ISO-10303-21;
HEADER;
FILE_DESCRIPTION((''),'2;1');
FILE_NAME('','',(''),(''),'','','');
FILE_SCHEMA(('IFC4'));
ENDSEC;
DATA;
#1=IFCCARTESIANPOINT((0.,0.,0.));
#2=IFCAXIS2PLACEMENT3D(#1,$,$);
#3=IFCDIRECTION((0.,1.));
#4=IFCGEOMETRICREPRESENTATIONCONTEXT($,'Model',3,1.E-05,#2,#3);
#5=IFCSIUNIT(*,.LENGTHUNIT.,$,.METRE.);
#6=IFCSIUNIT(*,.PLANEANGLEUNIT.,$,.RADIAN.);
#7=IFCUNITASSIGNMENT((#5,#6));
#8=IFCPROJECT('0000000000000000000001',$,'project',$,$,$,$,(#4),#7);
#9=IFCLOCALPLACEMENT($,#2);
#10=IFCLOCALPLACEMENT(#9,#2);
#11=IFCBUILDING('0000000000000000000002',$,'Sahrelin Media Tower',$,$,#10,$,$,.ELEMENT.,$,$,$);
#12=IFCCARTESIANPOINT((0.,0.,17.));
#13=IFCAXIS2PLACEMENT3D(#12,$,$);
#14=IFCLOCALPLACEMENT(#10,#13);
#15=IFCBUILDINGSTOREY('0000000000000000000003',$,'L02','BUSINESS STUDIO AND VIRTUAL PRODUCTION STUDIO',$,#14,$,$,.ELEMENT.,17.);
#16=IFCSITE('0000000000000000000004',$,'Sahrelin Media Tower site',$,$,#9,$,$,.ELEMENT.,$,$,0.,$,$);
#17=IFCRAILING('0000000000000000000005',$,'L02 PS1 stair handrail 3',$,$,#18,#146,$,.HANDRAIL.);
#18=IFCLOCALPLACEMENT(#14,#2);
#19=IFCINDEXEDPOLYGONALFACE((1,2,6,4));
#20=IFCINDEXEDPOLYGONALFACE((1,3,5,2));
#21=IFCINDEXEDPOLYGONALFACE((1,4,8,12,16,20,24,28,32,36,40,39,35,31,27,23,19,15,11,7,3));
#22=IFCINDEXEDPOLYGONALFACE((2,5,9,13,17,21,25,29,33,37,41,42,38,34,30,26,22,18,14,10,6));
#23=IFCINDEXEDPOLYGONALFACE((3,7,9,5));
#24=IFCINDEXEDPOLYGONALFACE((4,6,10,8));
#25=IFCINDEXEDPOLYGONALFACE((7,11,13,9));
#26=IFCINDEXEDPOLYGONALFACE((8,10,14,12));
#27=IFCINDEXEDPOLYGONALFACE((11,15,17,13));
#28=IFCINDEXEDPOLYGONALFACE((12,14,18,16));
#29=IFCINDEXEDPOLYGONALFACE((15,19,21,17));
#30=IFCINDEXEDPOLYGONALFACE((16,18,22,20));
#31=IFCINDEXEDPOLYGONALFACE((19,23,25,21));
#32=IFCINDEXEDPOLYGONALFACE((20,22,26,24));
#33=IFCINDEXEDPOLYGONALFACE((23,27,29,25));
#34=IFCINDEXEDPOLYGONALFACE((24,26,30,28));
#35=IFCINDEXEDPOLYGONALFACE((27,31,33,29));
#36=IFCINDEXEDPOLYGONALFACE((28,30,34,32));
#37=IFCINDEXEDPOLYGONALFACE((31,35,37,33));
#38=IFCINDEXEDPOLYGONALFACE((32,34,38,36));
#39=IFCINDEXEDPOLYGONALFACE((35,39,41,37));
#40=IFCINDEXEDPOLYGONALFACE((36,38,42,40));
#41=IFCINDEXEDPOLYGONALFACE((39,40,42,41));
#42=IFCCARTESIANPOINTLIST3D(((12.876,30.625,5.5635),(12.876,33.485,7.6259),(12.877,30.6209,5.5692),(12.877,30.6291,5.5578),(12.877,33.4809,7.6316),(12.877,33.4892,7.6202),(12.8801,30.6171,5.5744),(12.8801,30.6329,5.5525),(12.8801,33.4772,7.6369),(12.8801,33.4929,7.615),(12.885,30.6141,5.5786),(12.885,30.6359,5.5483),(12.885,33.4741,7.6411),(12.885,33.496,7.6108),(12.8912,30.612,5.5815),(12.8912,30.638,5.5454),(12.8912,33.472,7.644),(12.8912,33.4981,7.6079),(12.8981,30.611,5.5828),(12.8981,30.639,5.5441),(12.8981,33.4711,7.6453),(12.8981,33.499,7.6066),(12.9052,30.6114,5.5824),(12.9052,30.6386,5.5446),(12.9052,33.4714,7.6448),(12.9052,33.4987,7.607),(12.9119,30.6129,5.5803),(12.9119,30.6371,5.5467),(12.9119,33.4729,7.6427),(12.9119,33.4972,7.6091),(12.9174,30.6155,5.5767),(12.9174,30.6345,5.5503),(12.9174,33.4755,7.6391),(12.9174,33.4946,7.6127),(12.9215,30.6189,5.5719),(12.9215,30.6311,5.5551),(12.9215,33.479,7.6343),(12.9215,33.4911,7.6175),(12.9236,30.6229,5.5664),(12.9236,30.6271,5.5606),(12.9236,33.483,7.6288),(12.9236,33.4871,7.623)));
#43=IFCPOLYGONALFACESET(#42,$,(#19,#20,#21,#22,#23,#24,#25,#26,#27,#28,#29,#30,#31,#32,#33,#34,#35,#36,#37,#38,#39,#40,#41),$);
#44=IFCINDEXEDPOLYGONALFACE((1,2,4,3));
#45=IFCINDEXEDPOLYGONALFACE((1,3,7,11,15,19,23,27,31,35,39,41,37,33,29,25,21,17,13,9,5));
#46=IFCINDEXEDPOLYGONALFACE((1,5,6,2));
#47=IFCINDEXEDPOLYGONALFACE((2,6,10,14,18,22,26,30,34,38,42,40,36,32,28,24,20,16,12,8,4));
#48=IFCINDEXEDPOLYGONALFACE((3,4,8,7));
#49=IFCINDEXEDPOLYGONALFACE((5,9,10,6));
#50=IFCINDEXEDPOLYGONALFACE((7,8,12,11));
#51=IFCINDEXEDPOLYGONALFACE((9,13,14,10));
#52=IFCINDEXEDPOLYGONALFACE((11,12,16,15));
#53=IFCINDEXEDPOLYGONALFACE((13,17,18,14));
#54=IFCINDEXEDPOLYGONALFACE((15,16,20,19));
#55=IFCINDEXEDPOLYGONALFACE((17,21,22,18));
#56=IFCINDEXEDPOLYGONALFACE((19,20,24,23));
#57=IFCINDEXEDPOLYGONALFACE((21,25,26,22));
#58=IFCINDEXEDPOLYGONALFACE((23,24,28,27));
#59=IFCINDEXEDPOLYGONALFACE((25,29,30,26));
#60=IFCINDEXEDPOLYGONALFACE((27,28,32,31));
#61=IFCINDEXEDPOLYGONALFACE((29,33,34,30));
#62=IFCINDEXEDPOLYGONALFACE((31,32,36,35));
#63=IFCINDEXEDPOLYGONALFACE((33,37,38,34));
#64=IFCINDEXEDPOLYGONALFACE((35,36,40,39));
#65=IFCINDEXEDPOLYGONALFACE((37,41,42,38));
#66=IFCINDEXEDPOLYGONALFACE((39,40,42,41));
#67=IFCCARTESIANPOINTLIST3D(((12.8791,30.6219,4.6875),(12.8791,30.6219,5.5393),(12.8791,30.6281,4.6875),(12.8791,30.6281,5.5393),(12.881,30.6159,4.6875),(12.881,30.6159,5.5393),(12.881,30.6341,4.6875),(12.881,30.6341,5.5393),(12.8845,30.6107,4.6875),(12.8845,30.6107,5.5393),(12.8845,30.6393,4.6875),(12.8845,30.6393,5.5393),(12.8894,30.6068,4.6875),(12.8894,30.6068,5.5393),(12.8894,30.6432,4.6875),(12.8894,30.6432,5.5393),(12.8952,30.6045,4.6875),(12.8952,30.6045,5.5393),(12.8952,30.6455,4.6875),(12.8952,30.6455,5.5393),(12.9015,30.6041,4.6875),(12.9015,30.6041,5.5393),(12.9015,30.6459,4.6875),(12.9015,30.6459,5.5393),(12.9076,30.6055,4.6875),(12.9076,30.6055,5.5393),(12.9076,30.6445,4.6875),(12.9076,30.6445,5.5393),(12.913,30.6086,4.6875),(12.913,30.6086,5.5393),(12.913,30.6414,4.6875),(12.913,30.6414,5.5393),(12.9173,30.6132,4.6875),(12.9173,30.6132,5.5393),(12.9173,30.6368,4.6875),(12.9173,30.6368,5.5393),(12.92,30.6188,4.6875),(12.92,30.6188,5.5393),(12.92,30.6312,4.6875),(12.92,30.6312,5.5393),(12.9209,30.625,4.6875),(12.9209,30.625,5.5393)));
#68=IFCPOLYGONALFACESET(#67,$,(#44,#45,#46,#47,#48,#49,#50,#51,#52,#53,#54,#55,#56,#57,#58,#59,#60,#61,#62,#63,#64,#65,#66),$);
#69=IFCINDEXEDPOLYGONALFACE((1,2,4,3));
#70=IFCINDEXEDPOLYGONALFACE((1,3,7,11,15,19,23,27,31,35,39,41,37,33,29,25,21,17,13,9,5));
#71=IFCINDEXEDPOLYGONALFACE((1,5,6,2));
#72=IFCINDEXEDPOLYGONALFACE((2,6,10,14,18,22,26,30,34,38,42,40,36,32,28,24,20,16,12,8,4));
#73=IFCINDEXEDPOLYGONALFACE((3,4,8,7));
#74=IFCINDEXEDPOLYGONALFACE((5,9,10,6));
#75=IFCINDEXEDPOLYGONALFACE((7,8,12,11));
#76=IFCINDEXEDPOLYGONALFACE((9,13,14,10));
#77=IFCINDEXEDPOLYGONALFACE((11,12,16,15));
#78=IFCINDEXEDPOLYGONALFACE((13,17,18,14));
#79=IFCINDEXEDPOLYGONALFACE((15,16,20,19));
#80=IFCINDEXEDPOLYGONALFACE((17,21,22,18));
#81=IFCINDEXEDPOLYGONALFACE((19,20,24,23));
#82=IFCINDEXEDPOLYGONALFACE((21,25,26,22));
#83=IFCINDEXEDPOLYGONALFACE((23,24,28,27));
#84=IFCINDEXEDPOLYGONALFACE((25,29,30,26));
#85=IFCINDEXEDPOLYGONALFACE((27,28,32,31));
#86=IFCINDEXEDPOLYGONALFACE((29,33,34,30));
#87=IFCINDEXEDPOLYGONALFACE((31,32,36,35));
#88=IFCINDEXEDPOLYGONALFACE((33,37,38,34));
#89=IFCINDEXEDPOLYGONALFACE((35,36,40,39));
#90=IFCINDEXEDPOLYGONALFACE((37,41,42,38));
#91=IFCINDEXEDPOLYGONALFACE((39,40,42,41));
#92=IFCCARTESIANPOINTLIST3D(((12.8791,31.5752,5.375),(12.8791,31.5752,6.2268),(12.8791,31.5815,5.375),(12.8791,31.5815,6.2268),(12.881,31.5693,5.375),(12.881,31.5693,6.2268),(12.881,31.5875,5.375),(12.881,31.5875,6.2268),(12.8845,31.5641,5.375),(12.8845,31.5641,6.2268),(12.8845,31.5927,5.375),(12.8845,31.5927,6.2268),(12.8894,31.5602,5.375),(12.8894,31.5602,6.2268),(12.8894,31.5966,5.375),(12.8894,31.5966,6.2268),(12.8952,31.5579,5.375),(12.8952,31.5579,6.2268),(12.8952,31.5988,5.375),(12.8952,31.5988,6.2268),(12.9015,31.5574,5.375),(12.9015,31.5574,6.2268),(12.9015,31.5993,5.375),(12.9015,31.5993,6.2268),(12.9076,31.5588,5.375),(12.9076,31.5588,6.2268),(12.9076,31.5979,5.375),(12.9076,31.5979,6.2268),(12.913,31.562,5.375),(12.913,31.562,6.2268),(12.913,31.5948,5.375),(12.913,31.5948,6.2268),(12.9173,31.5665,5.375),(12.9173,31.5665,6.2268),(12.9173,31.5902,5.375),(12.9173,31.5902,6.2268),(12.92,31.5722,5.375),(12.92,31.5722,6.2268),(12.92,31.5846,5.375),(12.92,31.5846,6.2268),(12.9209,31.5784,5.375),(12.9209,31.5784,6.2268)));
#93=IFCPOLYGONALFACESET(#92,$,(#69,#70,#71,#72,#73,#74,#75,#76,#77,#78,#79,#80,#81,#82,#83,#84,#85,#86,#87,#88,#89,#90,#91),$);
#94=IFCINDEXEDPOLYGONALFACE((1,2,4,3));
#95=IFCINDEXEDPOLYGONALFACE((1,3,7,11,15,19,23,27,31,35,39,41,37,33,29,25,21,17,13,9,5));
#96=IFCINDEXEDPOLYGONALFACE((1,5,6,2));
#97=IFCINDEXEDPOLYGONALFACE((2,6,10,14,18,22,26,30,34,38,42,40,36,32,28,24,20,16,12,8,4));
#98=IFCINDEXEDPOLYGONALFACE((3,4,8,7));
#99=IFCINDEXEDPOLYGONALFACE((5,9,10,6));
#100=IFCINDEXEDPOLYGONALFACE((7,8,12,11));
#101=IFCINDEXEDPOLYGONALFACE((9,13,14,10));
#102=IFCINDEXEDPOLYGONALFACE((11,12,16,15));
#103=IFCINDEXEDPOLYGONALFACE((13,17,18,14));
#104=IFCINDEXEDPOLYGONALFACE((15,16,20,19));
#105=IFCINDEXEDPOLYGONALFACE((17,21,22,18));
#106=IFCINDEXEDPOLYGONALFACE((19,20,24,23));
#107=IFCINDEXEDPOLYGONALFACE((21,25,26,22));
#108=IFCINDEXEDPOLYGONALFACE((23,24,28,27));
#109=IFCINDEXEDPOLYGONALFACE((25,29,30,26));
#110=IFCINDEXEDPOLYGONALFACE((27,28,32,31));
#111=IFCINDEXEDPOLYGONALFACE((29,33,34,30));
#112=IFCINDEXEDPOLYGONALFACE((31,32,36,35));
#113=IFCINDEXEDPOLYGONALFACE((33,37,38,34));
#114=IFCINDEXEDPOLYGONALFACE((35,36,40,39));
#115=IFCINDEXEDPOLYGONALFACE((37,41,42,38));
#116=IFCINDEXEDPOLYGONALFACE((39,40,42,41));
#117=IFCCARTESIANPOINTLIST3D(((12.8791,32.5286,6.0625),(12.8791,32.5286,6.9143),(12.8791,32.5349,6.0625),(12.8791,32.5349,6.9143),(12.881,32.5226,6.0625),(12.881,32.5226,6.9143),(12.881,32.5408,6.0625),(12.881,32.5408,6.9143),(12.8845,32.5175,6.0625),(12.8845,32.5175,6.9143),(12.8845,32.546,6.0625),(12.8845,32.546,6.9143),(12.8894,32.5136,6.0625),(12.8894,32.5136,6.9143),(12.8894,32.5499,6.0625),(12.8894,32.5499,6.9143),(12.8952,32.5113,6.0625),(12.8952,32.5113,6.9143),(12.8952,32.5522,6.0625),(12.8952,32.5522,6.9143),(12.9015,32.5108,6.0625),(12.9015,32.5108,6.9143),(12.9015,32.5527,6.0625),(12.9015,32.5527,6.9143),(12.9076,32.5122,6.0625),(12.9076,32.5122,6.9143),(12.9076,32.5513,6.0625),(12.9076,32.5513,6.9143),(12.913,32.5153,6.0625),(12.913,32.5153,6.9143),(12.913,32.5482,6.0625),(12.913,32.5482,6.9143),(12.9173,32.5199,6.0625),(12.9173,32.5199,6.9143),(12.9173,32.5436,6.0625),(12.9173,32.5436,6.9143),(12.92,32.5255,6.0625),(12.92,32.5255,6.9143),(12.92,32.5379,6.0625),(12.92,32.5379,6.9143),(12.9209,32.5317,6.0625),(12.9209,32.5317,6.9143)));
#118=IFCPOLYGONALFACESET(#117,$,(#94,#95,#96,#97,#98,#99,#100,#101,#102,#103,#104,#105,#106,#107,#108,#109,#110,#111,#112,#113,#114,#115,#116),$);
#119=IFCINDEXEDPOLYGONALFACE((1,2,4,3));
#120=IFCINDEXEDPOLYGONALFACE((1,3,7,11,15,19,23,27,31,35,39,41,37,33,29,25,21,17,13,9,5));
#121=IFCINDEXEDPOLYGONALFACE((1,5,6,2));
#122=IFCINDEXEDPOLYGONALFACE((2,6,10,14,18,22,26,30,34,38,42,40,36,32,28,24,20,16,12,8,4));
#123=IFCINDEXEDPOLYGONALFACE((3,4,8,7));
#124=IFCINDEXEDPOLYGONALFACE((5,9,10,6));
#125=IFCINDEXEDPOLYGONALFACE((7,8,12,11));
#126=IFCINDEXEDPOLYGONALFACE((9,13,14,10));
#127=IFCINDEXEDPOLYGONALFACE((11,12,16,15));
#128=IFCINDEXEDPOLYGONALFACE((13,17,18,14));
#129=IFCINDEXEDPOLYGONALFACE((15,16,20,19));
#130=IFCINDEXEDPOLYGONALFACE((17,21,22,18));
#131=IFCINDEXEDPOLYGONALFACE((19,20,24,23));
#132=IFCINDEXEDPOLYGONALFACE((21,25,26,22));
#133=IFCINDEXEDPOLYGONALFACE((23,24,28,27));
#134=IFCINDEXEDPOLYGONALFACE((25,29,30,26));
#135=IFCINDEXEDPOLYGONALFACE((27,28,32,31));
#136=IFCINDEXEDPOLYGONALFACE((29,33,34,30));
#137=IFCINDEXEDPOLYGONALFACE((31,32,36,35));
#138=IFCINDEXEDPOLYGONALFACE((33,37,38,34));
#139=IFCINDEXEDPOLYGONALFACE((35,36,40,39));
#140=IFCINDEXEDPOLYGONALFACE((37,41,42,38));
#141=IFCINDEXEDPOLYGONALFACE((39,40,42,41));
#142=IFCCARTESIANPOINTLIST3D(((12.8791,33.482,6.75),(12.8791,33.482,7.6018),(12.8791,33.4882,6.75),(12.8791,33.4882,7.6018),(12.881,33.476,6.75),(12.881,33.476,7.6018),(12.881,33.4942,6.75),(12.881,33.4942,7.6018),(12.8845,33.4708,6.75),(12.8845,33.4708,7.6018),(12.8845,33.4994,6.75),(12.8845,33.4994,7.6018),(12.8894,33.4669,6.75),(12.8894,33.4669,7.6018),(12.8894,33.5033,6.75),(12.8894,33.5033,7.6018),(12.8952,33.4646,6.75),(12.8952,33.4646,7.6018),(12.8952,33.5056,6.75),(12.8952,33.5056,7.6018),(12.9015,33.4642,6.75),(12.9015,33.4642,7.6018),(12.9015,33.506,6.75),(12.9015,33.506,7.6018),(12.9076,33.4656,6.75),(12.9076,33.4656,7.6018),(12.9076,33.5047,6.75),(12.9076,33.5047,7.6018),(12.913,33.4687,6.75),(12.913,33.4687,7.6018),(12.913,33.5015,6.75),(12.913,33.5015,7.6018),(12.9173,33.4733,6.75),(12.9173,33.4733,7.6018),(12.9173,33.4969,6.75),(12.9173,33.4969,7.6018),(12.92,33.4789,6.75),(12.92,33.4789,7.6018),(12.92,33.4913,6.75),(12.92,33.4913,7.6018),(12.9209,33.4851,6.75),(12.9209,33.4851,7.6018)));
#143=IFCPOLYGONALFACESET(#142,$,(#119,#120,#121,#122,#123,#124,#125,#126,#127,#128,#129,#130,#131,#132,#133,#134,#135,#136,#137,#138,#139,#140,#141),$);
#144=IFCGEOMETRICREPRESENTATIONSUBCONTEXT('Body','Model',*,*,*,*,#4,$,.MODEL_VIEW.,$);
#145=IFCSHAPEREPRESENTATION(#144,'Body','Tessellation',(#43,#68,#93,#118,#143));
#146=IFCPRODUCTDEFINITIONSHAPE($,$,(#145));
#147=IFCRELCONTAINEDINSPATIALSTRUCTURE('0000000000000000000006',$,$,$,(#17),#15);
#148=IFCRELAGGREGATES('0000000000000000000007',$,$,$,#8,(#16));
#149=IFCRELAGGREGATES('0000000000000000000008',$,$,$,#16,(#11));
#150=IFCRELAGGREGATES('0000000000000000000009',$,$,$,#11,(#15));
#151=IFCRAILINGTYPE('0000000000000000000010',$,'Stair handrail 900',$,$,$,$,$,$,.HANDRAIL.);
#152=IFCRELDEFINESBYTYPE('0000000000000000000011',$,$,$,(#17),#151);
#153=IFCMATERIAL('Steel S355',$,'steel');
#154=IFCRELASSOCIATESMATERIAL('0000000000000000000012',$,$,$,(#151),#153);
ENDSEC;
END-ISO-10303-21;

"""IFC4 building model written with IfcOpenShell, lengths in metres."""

from ifc_helpers import new_model, si_unit, direction, frame, origin, origin_2d, place, context, subcontext, project, spatial, circle, extrude, material, type_object, element, save


model = new_model("IFC4")

# Units and contexts
model_context = context("Model", 3, precision=1e-05, world=origin(), true_north=direction((0.0, 1.0)))
body_context = subcontext(model_context, "Body", "Model", "MODEL_VIEW")
ifc_project = project(units=[si_unit("LENGTHUNIT", "METRE"), si_unit("PLANEANGLEUNIT", "RADIAN")], contexts=[model_context])

# Site, building, storey
site_placement = place(None, origin())
site = spatial("IfcSite", under=ifc_project, at=site_placement, Name="Sahrelin Media Tower site", CompositionType="ELEMENT", RefElevation=0.0)
building_placement = place(site_placement, origin())
building = spatial("IfcBuilding", under=site, at=building_placement, Name="Sahrelin Media Tower", CompositionType="ELEMENT")
storey_placement = place(building_placement, frame((0.0, 0.0, 17.0)))
storey = spatial("IfcBuildingStorey", under=building, at=storey_placement, Name="L02", Description="BUSINESS STUDIO AND VIRTUAL PRODUCTION STUDIO", CompositionType="ELEMENT", Elevation=17.0)

# Shared definitions
ifc_material_1 = material(Name="Steel S355", Category="steel")

# Railing
railing_type = type_object("IfcRailingType", Name="Stair handrail 900", PredefinedType="HANDRAIL", material=ifc_material_1)
for number, where, name in (
    (1, (12.8999, 30.625, 4.6875), "L02 PS1 stair handrail 3"),
):
    element("IfcRailing", number, at=place(storey_placement, frame(where)), inside=storey, type_object=railing_type, Name=name, PredefinedType="HANDRAIL", context=body_context, shape_type="SweptSolid", body=[
        extrude(circle(Radius=0.0239, at=origin_2d()), frame((0.0, 0.0, 0.876), z_axis=(0.0, 0.811101, 0.584906), x_axis=(-1.0, 0.0, 0.0)), (0.0, 0.0, 1.0), 3.5261),
        extrude(circle(Radius=0.021, at=origin_2d()), origin(), (0.0, 0.0, 1.0), 0.8518),
        extrude(circle(Radius=0.021, at=origin_2d()), frame((0.0, 0.9534, 0.6875)), (0.0, 0.0, 1.0), 0.8518),
        extrude(circle(Radius=0.021, at=origin_2d()), frame((0.0, 1.9067, 1.375)), (0.0, 0.0, 1.0), 0.8518),
        extrude(circle(Radius=0.021, at=origin_2d()), frame((0.0, 2.8601, 2.0625)), (0.0, 0.0, 1.0), 0.8518),
    ])

save(model, "model.ifc")
